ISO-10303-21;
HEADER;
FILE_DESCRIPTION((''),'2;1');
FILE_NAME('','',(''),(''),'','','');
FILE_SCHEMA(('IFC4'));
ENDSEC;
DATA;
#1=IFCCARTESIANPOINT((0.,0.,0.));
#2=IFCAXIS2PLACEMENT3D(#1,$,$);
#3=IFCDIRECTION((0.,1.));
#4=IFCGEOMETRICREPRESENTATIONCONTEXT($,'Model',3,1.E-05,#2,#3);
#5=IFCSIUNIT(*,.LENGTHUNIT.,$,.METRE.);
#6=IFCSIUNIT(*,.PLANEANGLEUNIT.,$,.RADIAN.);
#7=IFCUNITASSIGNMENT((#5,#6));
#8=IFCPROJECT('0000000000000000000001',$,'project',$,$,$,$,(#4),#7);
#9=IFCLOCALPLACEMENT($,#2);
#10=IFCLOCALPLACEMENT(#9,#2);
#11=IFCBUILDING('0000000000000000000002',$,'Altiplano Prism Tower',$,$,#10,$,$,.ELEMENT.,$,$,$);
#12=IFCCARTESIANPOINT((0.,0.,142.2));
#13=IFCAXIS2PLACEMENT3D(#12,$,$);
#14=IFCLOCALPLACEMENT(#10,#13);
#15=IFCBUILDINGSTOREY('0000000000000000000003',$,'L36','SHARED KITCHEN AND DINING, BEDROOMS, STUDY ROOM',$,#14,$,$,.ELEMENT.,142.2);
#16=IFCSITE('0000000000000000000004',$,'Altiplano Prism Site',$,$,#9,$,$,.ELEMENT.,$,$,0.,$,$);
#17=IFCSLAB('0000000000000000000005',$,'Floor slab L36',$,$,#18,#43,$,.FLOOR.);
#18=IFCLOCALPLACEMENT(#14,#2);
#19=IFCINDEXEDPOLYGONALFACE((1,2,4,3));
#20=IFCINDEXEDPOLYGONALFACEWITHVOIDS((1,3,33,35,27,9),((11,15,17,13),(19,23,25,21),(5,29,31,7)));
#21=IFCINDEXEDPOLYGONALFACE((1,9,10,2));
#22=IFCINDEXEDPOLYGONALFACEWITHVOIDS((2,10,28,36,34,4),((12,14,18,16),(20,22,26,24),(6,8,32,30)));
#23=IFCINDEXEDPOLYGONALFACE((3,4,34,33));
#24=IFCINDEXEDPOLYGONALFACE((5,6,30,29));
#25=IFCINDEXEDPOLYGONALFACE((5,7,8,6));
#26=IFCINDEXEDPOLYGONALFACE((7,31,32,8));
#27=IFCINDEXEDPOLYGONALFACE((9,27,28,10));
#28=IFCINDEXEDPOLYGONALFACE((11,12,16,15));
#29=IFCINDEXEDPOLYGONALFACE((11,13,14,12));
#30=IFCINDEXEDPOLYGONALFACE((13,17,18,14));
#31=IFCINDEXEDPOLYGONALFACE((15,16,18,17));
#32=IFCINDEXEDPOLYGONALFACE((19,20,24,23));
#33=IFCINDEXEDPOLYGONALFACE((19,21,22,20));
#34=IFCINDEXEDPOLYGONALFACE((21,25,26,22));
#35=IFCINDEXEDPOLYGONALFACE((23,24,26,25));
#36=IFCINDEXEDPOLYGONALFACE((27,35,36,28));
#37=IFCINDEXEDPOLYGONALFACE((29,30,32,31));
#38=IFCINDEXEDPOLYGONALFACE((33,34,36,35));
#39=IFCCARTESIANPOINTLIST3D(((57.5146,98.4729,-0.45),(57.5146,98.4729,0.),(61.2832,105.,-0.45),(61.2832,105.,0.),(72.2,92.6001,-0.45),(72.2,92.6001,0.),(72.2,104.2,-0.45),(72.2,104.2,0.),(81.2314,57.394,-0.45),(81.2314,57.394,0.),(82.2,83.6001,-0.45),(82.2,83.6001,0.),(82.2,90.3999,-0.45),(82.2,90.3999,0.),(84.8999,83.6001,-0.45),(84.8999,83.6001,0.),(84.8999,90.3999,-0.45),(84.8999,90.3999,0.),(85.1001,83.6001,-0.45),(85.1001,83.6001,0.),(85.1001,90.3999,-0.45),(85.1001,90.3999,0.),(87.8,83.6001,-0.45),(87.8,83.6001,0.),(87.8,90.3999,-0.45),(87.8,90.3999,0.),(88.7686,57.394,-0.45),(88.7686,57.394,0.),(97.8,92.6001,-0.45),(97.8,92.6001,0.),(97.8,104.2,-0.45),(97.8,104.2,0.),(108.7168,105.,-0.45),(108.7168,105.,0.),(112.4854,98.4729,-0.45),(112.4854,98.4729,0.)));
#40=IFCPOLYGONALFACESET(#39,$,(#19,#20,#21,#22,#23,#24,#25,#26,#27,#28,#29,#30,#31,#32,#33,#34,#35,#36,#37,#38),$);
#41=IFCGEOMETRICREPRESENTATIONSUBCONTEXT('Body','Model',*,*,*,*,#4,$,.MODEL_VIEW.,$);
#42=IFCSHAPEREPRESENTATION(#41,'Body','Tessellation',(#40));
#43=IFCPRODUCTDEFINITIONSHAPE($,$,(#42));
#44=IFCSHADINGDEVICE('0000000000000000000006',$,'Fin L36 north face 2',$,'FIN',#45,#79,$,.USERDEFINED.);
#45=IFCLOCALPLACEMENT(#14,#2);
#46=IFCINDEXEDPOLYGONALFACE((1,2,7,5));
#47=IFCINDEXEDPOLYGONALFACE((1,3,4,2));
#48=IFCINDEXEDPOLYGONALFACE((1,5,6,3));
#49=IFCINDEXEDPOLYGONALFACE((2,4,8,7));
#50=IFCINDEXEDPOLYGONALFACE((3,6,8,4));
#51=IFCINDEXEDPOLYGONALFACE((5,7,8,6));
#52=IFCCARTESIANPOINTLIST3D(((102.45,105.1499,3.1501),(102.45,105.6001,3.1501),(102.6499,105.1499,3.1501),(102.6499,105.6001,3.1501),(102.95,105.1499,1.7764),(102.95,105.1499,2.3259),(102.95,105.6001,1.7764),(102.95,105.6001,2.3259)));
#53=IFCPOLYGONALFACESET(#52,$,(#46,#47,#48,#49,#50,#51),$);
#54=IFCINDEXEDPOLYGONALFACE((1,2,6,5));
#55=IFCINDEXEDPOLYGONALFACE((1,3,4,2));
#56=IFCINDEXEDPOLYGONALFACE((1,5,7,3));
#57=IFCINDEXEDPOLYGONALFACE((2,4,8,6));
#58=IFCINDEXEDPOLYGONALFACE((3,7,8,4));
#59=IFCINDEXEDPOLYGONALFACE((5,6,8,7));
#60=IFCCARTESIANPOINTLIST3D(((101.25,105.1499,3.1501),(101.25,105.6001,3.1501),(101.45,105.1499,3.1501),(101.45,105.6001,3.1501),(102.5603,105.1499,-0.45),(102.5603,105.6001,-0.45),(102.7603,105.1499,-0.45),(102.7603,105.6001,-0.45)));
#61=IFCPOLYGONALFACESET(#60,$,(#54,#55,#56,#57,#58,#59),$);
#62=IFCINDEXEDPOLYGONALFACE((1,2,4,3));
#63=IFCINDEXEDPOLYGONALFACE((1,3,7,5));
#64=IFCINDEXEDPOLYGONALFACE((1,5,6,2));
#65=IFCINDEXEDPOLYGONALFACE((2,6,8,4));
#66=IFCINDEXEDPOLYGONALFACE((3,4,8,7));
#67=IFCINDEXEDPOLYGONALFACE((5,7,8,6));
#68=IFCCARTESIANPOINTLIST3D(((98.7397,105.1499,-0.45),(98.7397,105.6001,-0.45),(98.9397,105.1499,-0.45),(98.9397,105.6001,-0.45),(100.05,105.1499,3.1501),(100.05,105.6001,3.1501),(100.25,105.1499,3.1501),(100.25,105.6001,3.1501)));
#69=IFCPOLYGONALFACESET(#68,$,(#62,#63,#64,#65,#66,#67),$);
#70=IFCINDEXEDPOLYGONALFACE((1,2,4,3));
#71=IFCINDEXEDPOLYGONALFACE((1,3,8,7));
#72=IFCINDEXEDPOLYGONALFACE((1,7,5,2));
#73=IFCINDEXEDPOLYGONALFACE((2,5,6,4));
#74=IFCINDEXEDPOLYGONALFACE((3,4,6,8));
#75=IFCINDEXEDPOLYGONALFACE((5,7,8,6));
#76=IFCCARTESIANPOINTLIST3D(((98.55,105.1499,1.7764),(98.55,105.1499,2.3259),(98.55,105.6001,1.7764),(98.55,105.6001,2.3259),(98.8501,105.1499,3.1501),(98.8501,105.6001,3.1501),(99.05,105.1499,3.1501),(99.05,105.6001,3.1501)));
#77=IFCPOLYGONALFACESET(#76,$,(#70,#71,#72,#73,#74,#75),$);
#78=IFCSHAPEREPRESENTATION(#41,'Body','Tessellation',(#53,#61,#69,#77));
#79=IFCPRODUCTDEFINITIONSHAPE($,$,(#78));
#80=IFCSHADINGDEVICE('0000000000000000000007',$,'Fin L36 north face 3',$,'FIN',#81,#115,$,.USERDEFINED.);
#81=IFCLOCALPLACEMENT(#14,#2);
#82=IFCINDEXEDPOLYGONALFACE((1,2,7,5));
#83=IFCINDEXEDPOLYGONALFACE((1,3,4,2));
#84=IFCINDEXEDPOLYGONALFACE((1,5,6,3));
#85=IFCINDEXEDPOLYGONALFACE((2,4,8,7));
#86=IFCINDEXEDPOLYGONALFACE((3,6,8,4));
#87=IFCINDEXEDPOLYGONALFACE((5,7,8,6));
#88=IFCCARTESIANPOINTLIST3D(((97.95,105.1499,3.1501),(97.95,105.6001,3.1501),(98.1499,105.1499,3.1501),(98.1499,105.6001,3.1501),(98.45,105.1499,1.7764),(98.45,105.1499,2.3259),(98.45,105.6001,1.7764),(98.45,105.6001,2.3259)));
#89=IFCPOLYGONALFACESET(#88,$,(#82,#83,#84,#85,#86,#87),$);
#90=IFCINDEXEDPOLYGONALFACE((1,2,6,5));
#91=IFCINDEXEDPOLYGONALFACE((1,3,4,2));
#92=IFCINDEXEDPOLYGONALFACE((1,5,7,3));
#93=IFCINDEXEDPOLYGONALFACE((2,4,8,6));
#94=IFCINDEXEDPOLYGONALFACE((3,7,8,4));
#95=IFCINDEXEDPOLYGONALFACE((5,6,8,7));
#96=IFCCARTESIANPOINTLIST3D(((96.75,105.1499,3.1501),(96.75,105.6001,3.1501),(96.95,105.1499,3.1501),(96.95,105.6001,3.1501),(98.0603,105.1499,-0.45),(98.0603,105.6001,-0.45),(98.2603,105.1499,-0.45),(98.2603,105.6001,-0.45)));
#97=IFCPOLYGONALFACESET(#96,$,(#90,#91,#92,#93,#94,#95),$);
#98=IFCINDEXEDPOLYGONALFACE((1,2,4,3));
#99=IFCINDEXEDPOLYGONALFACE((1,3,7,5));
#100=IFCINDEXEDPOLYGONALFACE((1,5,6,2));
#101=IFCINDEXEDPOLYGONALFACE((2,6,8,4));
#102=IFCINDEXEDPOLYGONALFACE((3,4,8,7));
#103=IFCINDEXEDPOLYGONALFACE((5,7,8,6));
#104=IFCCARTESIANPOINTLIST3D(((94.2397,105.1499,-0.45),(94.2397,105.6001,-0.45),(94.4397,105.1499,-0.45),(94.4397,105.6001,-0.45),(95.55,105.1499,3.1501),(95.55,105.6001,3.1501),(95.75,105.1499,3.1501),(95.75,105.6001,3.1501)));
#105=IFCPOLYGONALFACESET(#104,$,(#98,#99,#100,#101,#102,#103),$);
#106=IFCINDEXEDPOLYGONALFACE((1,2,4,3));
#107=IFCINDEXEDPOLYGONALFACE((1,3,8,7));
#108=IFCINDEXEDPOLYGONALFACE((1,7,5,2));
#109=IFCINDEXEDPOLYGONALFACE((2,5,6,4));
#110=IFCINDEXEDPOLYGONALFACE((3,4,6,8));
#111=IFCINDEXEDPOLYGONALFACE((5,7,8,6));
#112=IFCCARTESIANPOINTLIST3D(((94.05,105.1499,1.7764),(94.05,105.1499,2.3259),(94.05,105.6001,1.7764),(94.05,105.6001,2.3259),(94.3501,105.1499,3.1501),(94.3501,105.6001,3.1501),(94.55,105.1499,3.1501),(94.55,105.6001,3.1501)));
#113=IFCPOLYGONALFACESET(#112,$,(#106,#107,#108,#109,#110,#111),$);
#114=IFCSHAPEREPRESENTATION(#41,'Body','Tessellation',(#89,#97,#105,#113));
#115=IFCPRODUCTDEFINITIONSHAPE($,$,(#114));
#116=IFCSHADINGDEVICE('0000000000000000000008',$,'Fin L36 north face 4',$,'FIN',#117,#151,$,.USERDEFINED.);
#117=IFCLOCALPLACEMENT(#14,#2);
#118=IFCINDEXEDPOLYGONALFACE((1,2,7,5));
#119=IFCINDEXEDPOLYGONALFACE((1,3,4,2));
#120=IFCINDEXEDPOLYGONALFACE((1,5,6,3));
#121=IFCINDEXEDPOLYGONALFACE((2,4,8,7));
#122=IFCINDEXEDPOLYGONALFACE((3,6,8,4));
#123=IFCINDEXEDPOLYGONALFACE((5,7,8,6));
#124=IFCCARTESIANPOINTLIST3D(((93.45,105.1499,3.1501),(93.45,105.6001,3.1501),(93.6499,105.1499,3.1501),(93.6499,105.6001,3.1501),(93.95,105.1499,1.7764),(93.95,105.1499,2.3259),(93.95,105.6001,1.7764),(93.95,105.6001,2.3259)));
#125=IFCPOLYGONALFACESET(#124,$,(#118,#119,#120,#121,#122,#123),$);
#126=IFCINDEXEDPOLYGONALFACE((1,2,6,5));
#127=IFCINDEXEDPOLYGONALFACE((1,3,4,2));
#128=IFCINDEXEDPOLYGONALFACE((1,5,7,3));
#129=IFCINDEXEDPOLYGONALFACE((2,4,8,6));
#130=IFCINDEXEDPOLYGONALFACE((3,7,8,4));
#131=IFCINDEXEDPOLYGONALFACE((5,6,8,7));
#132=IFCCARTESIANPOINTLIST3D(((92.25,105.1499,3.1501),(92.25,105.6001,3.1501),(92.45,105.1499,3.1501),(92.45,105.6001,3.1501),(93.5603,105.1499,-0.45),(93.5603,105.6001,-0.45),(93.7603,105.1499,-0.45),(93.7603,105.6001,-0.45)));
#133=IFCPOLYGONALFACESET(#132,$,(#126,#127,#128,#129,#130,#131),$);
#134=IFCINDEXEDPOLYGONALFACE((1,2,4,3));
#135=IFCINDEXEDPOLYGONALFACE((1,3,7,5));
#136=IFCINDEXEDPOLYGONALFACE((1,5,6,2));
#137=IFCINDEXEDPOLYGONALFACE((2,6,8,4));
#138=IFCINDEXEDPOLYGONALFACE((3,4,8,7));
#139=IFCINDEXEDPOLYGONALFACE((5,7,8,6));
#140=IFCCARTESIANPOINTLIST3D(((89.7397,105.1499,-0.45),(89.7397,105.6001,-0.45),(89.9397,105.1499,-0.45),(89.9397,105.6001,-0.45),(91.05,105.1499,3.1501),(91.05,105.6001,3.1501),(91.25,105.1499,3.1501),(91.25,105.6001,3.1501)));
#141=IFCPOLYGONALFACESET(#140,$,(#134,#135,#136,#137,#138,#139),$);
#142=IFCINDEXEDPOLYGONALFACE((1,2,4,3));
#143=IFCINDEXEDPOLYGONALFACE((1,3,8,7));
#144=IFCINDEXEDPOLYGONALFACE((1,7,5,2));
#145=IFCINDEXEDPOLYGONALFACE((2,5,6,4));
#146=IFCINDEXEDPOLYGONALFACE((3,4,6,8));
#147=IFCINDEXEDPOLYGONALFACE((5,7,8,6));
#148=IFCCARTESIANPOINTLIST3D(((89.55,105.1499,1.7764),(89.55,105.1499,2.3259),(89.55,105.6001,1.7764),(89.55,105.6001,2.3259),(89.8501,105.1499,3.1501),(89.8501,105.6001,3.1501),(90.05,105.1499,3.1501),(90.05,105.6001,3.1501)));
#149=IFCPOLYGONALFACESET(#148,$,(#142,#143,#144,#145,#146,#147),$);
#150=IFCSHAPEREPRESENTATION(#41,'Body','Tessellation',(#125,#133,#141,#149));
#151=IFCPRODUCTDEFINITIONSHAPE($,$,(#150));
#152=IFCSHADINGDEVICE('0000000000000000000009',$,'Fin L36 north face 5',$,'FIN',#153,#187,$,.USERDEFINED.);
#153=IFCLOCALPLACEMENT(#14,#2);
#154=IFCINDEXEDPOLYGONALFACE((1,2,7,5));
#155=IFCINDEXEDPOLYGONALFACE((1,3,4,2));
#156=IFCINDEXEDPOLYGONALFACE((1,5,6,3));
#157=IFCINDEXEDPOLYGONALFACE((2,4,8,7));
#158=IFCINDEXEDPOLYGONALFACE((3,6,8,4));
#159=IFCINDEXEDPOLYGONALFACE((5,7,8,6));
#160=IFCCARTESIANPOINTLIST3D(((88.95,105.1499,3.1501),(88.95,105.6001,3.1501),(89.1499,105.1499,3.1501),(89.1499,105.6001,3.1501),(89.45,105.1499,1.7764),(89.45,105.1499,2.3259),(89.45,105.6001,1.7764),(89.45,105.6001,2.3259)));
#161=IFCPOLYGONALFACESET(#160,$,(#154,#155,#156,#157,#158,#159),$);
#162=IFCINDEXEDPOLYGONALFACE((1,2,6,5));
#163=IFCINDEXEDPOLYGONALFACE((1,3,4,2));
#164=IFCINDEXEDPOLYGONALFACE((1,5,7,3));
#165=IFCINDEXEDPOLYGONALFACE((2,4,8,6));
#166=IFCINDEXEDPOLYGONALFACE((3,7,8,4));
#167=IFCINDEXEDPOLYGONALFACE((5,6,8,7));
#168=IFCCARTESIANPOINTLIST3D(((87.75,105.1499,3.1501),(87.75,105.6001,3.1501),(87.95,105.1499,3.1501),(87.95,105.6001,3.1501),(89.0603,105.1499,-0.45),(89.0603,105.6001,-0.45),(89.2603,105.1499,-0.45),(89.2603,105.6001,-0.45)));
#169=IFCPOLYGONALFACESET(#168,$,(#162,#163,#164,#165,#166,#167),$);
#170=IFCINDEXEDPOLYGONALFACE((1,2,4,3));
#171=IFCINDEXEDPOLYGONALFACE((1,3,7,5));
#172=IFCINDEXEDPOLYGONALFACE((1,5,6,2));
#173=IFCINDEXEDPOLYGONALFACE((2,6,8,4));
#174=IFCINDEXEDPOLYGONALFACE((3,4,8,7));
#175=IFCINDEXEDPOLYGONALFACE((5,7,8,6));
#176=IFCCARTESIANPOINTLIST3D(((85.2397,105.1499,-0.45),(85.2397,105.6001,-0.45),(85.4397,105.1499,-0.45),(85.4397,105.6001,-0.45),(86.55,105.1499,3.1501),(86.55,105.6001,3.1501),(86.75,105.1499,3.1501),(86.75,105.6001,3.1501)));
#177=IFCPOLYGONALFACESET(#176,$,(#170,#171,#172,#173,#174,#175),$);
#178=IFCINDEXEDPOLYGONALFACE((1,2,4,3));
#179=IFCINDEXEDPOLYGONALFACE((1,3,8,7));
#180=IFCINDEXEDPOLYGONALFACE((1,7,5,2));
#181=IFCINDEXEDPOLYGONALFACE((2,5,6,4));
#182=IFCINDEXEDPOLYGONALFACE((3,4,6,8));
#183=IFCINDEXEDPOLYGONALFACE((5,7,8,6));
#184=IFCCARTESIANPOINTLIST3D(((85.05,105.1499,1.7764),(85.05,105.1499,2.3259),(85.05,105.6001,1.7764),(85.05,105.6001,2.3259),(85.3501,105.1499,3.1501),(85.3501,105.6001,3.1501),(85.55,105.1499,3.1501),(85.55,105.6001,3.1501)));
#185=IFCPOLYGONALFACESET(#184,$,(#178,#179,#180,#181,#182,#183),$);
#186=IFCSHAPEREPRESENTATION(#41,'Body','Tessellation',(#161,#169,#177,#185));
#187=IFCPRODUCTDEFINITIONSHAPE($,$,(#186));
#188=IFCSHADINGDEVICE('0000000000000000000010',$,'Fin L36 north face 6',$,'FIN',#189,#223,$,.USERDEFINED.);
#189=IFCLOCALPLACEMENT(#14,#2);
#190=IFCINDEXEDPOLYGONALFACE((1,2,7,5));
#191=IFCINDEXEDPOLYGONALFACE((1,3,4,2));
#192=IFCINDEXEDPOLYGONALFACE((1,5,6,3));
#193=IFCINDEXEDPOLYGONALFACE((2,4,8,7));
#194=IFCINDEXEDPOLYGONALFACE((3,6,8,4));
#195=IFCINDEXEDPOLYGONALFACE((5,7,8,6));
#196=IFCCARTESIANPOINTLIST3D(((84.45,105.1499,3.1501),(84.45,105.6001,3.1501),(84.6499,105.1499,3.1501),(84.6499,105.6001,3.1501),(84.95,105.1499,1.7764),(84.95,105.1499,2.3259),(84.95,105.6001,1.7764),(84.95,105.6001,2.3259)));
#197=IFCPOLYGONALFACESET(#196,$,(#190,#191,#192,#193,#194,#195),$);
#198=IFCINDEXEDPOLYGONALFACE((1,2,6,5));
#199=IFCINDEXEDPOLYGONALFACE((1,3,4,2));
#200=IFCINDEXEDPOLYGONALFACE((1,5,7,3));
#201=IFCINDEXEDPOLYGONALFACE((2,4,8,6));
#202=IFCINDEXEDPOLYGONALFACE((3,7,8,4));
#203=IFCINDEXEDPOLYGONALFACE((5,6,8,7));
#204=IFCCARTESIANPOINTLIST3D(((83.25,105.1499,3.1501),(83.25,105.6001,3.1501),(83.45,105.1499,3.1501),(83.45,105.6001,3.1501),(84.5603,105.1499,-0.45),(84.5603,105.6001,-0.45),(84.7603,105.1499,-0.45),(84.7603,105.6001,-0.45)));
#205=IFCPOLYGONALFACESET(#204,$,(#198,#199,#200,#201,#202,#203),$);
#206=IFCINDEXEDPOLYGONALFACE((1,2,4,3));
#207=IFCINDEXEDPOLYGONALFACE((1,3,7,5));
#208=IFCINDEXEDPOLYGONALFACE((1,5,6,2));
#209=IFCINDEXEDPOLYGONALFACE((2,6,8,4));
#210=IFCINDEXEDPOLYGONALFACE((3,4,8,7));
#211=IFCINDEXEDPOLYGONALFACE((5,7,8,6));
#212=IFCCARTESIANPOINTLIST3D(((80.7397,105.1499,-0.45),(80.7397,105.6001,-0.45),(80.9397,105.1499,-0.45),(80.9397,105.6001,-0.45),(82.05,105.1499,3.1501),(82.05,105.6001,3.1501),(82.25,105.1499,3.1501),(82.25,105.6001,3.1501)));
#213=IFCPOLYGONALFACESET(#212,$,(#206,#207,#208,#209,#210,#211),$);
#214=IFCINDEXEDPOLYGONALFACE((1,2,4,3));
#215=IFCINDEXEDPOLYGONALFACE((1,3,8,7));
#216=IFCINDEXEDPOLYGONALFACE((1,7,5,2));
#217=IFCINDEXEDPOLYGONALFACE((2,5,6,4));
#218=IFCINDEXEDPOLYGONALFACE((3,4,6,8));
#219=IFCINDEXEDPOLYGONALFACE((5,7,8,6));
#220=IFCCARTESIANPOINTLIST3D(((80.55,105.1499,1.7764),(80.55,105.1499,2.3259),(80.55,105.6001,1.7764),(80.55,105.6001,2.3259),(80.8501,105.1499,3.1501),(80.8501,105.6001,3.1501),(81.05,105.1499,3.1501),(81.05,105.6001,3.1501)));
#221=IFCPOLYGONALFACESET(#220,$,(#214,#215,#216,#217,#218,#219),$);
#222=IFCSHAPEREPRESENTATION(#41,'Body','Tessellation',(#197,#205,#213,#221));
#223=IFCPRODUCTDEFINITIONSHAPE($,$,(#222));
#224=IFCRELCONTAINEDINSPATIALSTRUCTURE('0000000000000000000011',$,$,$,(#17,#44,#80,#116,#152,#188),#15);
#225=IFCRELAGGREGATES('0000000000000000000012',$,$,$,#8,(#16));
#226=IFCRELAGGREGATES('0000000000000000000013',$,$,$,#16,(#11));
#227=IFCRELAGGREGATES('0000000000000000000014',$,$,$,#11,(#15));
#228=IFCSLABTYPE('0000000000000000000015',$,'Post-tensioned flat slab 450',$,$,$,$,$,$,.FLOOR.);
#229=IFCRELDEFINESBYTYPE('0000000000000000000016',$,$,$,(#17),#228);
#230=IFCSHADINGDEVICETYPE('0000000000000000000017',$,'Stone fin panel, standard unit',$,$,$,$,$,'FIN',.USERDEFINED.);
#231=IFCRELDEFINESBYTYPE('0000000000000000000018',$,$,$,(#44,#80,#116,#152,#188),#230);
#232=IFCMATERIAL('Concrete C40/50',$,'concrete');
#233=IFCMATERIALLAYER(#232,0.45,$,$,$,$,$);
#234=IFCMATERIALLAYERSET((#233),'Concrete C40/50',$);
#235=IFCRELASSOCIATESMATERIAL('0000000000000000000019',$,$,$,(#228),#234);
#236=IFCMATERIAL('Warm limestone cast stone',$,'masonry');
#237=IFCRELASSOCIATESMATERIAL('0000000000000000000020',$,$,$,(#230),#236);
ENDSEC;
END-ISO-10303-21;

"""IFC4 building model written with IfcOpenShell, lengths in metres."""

from ifc_helpers import new_model, si_unit, direction, frame, origin, place, context, subcontext, project, spatial, polyline, outline, extrude, source, transform, mapped, material, layer, layer_set, type_object, element, save


model = new_model("IFC4")

# Units and contexts
model_context = context("Model", 3, precision=1e-05, world=origin(), true_north=direction((0.0, 1.0)))
body_context = subcontext(model_context, "Body", "Model", "MODEL_VIEW")
ifc_project = project(units=[si_unit("LENGTHUNIT", "METRE"), si_unit("PLANEANGLEUNIT", "RADIAN")], contexts=[model_context])

# Site, building, storey
site_placement = place(None, origin())
site = spatial("IfcSite", under=ifc_project, at=site_placement, Name="Altiplano Prism Site", CompositionType="ELEMENT", RefElevation=0.0)
building_placement = place(site_placement, origin())
building = spatial("IfcBuilding", under=site, at=building_placement, Name="Altiplano Prism Tower", CompositionType="ELEMENT")
storey_placement = place(building_placement, frame((0.0, 0.0, 142.2)))
storey = spatial("IfcBuildingStorey", under=building, at=storey_placement, Name="L36", Description="SHARED KITCHEN AND DINING, BEDROOMS, STUDY ROOM", CompositionType="ELEMENT", Elevation=142.2)

# Slab
ifc_material_1 = material(Name="Concrete C40/50", Category="concrete")
ifc_layer = layer(ifc_material_1, 0.45)
ifc_layer_set = layer_set([ifc_layer], Name="Concrete C40/50")
slab_type = type_object("IfcSlabType", Name="Post-tensioned flat slab 450", PredefinedType="FLOOR", material=ifc_layer_set)
slab_placement = place(storey_placement, frame((0.0, 0.0, -0.45)))
element("IfcSlab", 1, at=slab_placement, inside=storey, type_object=slab_type, Name="Floor slab L36", PredefinedType="FLOOR", context=body_context, shape_type="SweptSolid", body=[
    extrude(outline(polyline([(81.2314, 57.394), (57.5146, 98.4729), (61.2832, 105.0), (108.7168, 105.0), (112.4854, 98.4729), (88.7686, 57.394), (81.2314, 57.394)]), holes=[polyline([(72.2, 104.2), (72.2, 92.6001), (97.8, 92.6001), (97.8, 104.2), (72.2, 104.2)]), polyline([(84.8999, 90.3999), (82.2, 90.3999), (82.2, 83.6001), (84.8999, 83.6001), (84.8999, 90.3999)]), polyline([(87.8, 83.6001), (87.8, 90.3999), (85.1001, 90.3999), (85.1001, 83.6001), (87.8, 83.6001)])]), origin(), (0.0, 0.0, 1.0), 0.45),
])

# Shading devices
ifc_material_2 = material(Name="Warm limestone cast stone", Category="masonry")
shading_device_type_1 = type_object("IfcShadingDeviceType", Name="Stone fin panel, standard unit", ElementType="FIN", PredefinedType="USERDEFINED", material=ifc_material_2)
shared_shape_1 = source(origin(), body_context, "Body", "SweptSolid", [
    extrude(outline(polyline([(-2.2, 2.2263), (-1.7, 3.6001), (-1.8999, 3.6001), (-2.2, 2.7759), (-2.2, 2.2263)])), frame((0.0, -0.1499, 0.0), z_axis=(0.0, -1.0, 0.0), x_axis=(1.0, 0.0, 0.0)), (0.0, 0.0, 1.0), 0.4502),
    extrude(outline(polyline([(-2.0103, 0.0), (-1.8103, 0.0), (-0.5, 3.6001), (-0.7, 3.6001), (-2.0103, 0.0)])), frame((0.0, -0.1499, 0.0), z_axis=(0.0, -1.0, 0.0), x_axis=(1.0, 0.0, 0.0)), (0.0, 0.0, 1.0), 0.4502),
    extrude(outline(polyline([(1.8103, 0.0), (2.0103, 0.0), (0.7, 3.6001), (0.5, 3.6001), (1.8103, 0.0)])), frame((0.0, -0.1499, 0.0), z_axis=(0.0, -1.0, 0.0), x_axis=(1.0, 0.0, 0.0)), (0.0, 0.0, 1.0), 0.4502),
    extrude(outline(polyline([(2.2, 2.7759), (1.8999, 3.6001), (1.7, 3.6001), (2.2, 2.2263), (2.2, 2.7759)])), frame((0.0, -0.1499, 0.0), z_axis=(0.0, -1.0, 0.0), x_axis=(1.0, 0.0, 0.0)), (0.0, 0.0, 1.0), 0.4502),
])
shading_device_1_placement = place(storey_placement, origin())
element("IfcShadingDevice", 2, at=shading_device_1_placement, inside=storey, type_object=shading_device_type_1, Name="Fin L36 north face 2", ObjectType="FIN", PredefinedType="USERDEFINED", context=body_context, shape_type="MappedRepresentation", body=[
    mapped(shared_shape_1, transform((100.75, 105.0, -0.45), x_axis=(-1.0, 0.0, 0.0), y_axis=(0.0, -1.0, 0.0), z_axis=(0.0, 0.0, 1.0))),
])
shading_device_2_placement = place(storey_placement, origin())
element("IfcShadingDevice", 3, at=shading_device_2_placement, inside=storey, type_object=shading_device_type_1, Name="Fin L36 north face 3", ObjectType="FIN", PredefinedType="USERDEFINED", context=body_context, shape_type="MappedRepresentation", body=[
    mapped(shared_shape_1, transform((96.25, 105.0, -0.45), x_axis=(-1.0, 0.0, 0.0), y_axis=(0.0, -1.0, 0.0), z_axis=(0.0, 0.0, 1.0))),
])
shading_device_3_placement = place(storey_placement, origin())
element("IfcShadingDevice", 4, at=shading_device_3_placement, inside=storey, type_object=shading_device_type_1, Name="Fin L36 north face 4", ObjectType="FIN", PredefinedType="USERDEFINED", context=body_context, shape_type="MappedRepresentation", body=[
    mapped(shared_shape_1, transform((91.75, 105.0, -0.45), x_axis=(-1.0, 0.0, 0.0), y_axis=(0.0, -1.0, 0.0), z_axis=(0.0, 0.0, 1.0))),
])
shading_device_4_placement = place(storey_placement, origin())
element("IfcShadingDevice", 5, at=shading_device_4_placement, inside=storey, type_object=shading_device_type_1, Name="Fin L36 north face 5", ObjectType="FIN", PredefinedType="USERDEFINED", context=body_context, shape_type="MappedRepresentation", body=[
    mapped(shared_shape_1, transform((87.25, 105.0, -0.45), x_axis=(-1.0, 0.0, 0.0), y_axis=(0.0, -1.0, 0.0), z_axis=(0.0, 0.0, 1.0))),
])
shading_device_5_placement = place(storey_placement, origin())
element("IfcShadingDevice", 6, at=shading_device_5_placement, inside=storey, type_object=shading_device_type_1, Name="Fin L36 north face 6", ObjectType="FIN", PredefinedType="USERDEFINED", context=body_context, shape_type="MappedRepresentation", body=[
    mapped(shared_shape_1, transform((82.75, 105.0, -0.45), x_axis=(-1.0, 0.0, 0.0), y_axis=(0.0, -1.0, 0.0), z_axis=(0.0, 0.0, 1.0))),
])

save(model, "model.ifc")
